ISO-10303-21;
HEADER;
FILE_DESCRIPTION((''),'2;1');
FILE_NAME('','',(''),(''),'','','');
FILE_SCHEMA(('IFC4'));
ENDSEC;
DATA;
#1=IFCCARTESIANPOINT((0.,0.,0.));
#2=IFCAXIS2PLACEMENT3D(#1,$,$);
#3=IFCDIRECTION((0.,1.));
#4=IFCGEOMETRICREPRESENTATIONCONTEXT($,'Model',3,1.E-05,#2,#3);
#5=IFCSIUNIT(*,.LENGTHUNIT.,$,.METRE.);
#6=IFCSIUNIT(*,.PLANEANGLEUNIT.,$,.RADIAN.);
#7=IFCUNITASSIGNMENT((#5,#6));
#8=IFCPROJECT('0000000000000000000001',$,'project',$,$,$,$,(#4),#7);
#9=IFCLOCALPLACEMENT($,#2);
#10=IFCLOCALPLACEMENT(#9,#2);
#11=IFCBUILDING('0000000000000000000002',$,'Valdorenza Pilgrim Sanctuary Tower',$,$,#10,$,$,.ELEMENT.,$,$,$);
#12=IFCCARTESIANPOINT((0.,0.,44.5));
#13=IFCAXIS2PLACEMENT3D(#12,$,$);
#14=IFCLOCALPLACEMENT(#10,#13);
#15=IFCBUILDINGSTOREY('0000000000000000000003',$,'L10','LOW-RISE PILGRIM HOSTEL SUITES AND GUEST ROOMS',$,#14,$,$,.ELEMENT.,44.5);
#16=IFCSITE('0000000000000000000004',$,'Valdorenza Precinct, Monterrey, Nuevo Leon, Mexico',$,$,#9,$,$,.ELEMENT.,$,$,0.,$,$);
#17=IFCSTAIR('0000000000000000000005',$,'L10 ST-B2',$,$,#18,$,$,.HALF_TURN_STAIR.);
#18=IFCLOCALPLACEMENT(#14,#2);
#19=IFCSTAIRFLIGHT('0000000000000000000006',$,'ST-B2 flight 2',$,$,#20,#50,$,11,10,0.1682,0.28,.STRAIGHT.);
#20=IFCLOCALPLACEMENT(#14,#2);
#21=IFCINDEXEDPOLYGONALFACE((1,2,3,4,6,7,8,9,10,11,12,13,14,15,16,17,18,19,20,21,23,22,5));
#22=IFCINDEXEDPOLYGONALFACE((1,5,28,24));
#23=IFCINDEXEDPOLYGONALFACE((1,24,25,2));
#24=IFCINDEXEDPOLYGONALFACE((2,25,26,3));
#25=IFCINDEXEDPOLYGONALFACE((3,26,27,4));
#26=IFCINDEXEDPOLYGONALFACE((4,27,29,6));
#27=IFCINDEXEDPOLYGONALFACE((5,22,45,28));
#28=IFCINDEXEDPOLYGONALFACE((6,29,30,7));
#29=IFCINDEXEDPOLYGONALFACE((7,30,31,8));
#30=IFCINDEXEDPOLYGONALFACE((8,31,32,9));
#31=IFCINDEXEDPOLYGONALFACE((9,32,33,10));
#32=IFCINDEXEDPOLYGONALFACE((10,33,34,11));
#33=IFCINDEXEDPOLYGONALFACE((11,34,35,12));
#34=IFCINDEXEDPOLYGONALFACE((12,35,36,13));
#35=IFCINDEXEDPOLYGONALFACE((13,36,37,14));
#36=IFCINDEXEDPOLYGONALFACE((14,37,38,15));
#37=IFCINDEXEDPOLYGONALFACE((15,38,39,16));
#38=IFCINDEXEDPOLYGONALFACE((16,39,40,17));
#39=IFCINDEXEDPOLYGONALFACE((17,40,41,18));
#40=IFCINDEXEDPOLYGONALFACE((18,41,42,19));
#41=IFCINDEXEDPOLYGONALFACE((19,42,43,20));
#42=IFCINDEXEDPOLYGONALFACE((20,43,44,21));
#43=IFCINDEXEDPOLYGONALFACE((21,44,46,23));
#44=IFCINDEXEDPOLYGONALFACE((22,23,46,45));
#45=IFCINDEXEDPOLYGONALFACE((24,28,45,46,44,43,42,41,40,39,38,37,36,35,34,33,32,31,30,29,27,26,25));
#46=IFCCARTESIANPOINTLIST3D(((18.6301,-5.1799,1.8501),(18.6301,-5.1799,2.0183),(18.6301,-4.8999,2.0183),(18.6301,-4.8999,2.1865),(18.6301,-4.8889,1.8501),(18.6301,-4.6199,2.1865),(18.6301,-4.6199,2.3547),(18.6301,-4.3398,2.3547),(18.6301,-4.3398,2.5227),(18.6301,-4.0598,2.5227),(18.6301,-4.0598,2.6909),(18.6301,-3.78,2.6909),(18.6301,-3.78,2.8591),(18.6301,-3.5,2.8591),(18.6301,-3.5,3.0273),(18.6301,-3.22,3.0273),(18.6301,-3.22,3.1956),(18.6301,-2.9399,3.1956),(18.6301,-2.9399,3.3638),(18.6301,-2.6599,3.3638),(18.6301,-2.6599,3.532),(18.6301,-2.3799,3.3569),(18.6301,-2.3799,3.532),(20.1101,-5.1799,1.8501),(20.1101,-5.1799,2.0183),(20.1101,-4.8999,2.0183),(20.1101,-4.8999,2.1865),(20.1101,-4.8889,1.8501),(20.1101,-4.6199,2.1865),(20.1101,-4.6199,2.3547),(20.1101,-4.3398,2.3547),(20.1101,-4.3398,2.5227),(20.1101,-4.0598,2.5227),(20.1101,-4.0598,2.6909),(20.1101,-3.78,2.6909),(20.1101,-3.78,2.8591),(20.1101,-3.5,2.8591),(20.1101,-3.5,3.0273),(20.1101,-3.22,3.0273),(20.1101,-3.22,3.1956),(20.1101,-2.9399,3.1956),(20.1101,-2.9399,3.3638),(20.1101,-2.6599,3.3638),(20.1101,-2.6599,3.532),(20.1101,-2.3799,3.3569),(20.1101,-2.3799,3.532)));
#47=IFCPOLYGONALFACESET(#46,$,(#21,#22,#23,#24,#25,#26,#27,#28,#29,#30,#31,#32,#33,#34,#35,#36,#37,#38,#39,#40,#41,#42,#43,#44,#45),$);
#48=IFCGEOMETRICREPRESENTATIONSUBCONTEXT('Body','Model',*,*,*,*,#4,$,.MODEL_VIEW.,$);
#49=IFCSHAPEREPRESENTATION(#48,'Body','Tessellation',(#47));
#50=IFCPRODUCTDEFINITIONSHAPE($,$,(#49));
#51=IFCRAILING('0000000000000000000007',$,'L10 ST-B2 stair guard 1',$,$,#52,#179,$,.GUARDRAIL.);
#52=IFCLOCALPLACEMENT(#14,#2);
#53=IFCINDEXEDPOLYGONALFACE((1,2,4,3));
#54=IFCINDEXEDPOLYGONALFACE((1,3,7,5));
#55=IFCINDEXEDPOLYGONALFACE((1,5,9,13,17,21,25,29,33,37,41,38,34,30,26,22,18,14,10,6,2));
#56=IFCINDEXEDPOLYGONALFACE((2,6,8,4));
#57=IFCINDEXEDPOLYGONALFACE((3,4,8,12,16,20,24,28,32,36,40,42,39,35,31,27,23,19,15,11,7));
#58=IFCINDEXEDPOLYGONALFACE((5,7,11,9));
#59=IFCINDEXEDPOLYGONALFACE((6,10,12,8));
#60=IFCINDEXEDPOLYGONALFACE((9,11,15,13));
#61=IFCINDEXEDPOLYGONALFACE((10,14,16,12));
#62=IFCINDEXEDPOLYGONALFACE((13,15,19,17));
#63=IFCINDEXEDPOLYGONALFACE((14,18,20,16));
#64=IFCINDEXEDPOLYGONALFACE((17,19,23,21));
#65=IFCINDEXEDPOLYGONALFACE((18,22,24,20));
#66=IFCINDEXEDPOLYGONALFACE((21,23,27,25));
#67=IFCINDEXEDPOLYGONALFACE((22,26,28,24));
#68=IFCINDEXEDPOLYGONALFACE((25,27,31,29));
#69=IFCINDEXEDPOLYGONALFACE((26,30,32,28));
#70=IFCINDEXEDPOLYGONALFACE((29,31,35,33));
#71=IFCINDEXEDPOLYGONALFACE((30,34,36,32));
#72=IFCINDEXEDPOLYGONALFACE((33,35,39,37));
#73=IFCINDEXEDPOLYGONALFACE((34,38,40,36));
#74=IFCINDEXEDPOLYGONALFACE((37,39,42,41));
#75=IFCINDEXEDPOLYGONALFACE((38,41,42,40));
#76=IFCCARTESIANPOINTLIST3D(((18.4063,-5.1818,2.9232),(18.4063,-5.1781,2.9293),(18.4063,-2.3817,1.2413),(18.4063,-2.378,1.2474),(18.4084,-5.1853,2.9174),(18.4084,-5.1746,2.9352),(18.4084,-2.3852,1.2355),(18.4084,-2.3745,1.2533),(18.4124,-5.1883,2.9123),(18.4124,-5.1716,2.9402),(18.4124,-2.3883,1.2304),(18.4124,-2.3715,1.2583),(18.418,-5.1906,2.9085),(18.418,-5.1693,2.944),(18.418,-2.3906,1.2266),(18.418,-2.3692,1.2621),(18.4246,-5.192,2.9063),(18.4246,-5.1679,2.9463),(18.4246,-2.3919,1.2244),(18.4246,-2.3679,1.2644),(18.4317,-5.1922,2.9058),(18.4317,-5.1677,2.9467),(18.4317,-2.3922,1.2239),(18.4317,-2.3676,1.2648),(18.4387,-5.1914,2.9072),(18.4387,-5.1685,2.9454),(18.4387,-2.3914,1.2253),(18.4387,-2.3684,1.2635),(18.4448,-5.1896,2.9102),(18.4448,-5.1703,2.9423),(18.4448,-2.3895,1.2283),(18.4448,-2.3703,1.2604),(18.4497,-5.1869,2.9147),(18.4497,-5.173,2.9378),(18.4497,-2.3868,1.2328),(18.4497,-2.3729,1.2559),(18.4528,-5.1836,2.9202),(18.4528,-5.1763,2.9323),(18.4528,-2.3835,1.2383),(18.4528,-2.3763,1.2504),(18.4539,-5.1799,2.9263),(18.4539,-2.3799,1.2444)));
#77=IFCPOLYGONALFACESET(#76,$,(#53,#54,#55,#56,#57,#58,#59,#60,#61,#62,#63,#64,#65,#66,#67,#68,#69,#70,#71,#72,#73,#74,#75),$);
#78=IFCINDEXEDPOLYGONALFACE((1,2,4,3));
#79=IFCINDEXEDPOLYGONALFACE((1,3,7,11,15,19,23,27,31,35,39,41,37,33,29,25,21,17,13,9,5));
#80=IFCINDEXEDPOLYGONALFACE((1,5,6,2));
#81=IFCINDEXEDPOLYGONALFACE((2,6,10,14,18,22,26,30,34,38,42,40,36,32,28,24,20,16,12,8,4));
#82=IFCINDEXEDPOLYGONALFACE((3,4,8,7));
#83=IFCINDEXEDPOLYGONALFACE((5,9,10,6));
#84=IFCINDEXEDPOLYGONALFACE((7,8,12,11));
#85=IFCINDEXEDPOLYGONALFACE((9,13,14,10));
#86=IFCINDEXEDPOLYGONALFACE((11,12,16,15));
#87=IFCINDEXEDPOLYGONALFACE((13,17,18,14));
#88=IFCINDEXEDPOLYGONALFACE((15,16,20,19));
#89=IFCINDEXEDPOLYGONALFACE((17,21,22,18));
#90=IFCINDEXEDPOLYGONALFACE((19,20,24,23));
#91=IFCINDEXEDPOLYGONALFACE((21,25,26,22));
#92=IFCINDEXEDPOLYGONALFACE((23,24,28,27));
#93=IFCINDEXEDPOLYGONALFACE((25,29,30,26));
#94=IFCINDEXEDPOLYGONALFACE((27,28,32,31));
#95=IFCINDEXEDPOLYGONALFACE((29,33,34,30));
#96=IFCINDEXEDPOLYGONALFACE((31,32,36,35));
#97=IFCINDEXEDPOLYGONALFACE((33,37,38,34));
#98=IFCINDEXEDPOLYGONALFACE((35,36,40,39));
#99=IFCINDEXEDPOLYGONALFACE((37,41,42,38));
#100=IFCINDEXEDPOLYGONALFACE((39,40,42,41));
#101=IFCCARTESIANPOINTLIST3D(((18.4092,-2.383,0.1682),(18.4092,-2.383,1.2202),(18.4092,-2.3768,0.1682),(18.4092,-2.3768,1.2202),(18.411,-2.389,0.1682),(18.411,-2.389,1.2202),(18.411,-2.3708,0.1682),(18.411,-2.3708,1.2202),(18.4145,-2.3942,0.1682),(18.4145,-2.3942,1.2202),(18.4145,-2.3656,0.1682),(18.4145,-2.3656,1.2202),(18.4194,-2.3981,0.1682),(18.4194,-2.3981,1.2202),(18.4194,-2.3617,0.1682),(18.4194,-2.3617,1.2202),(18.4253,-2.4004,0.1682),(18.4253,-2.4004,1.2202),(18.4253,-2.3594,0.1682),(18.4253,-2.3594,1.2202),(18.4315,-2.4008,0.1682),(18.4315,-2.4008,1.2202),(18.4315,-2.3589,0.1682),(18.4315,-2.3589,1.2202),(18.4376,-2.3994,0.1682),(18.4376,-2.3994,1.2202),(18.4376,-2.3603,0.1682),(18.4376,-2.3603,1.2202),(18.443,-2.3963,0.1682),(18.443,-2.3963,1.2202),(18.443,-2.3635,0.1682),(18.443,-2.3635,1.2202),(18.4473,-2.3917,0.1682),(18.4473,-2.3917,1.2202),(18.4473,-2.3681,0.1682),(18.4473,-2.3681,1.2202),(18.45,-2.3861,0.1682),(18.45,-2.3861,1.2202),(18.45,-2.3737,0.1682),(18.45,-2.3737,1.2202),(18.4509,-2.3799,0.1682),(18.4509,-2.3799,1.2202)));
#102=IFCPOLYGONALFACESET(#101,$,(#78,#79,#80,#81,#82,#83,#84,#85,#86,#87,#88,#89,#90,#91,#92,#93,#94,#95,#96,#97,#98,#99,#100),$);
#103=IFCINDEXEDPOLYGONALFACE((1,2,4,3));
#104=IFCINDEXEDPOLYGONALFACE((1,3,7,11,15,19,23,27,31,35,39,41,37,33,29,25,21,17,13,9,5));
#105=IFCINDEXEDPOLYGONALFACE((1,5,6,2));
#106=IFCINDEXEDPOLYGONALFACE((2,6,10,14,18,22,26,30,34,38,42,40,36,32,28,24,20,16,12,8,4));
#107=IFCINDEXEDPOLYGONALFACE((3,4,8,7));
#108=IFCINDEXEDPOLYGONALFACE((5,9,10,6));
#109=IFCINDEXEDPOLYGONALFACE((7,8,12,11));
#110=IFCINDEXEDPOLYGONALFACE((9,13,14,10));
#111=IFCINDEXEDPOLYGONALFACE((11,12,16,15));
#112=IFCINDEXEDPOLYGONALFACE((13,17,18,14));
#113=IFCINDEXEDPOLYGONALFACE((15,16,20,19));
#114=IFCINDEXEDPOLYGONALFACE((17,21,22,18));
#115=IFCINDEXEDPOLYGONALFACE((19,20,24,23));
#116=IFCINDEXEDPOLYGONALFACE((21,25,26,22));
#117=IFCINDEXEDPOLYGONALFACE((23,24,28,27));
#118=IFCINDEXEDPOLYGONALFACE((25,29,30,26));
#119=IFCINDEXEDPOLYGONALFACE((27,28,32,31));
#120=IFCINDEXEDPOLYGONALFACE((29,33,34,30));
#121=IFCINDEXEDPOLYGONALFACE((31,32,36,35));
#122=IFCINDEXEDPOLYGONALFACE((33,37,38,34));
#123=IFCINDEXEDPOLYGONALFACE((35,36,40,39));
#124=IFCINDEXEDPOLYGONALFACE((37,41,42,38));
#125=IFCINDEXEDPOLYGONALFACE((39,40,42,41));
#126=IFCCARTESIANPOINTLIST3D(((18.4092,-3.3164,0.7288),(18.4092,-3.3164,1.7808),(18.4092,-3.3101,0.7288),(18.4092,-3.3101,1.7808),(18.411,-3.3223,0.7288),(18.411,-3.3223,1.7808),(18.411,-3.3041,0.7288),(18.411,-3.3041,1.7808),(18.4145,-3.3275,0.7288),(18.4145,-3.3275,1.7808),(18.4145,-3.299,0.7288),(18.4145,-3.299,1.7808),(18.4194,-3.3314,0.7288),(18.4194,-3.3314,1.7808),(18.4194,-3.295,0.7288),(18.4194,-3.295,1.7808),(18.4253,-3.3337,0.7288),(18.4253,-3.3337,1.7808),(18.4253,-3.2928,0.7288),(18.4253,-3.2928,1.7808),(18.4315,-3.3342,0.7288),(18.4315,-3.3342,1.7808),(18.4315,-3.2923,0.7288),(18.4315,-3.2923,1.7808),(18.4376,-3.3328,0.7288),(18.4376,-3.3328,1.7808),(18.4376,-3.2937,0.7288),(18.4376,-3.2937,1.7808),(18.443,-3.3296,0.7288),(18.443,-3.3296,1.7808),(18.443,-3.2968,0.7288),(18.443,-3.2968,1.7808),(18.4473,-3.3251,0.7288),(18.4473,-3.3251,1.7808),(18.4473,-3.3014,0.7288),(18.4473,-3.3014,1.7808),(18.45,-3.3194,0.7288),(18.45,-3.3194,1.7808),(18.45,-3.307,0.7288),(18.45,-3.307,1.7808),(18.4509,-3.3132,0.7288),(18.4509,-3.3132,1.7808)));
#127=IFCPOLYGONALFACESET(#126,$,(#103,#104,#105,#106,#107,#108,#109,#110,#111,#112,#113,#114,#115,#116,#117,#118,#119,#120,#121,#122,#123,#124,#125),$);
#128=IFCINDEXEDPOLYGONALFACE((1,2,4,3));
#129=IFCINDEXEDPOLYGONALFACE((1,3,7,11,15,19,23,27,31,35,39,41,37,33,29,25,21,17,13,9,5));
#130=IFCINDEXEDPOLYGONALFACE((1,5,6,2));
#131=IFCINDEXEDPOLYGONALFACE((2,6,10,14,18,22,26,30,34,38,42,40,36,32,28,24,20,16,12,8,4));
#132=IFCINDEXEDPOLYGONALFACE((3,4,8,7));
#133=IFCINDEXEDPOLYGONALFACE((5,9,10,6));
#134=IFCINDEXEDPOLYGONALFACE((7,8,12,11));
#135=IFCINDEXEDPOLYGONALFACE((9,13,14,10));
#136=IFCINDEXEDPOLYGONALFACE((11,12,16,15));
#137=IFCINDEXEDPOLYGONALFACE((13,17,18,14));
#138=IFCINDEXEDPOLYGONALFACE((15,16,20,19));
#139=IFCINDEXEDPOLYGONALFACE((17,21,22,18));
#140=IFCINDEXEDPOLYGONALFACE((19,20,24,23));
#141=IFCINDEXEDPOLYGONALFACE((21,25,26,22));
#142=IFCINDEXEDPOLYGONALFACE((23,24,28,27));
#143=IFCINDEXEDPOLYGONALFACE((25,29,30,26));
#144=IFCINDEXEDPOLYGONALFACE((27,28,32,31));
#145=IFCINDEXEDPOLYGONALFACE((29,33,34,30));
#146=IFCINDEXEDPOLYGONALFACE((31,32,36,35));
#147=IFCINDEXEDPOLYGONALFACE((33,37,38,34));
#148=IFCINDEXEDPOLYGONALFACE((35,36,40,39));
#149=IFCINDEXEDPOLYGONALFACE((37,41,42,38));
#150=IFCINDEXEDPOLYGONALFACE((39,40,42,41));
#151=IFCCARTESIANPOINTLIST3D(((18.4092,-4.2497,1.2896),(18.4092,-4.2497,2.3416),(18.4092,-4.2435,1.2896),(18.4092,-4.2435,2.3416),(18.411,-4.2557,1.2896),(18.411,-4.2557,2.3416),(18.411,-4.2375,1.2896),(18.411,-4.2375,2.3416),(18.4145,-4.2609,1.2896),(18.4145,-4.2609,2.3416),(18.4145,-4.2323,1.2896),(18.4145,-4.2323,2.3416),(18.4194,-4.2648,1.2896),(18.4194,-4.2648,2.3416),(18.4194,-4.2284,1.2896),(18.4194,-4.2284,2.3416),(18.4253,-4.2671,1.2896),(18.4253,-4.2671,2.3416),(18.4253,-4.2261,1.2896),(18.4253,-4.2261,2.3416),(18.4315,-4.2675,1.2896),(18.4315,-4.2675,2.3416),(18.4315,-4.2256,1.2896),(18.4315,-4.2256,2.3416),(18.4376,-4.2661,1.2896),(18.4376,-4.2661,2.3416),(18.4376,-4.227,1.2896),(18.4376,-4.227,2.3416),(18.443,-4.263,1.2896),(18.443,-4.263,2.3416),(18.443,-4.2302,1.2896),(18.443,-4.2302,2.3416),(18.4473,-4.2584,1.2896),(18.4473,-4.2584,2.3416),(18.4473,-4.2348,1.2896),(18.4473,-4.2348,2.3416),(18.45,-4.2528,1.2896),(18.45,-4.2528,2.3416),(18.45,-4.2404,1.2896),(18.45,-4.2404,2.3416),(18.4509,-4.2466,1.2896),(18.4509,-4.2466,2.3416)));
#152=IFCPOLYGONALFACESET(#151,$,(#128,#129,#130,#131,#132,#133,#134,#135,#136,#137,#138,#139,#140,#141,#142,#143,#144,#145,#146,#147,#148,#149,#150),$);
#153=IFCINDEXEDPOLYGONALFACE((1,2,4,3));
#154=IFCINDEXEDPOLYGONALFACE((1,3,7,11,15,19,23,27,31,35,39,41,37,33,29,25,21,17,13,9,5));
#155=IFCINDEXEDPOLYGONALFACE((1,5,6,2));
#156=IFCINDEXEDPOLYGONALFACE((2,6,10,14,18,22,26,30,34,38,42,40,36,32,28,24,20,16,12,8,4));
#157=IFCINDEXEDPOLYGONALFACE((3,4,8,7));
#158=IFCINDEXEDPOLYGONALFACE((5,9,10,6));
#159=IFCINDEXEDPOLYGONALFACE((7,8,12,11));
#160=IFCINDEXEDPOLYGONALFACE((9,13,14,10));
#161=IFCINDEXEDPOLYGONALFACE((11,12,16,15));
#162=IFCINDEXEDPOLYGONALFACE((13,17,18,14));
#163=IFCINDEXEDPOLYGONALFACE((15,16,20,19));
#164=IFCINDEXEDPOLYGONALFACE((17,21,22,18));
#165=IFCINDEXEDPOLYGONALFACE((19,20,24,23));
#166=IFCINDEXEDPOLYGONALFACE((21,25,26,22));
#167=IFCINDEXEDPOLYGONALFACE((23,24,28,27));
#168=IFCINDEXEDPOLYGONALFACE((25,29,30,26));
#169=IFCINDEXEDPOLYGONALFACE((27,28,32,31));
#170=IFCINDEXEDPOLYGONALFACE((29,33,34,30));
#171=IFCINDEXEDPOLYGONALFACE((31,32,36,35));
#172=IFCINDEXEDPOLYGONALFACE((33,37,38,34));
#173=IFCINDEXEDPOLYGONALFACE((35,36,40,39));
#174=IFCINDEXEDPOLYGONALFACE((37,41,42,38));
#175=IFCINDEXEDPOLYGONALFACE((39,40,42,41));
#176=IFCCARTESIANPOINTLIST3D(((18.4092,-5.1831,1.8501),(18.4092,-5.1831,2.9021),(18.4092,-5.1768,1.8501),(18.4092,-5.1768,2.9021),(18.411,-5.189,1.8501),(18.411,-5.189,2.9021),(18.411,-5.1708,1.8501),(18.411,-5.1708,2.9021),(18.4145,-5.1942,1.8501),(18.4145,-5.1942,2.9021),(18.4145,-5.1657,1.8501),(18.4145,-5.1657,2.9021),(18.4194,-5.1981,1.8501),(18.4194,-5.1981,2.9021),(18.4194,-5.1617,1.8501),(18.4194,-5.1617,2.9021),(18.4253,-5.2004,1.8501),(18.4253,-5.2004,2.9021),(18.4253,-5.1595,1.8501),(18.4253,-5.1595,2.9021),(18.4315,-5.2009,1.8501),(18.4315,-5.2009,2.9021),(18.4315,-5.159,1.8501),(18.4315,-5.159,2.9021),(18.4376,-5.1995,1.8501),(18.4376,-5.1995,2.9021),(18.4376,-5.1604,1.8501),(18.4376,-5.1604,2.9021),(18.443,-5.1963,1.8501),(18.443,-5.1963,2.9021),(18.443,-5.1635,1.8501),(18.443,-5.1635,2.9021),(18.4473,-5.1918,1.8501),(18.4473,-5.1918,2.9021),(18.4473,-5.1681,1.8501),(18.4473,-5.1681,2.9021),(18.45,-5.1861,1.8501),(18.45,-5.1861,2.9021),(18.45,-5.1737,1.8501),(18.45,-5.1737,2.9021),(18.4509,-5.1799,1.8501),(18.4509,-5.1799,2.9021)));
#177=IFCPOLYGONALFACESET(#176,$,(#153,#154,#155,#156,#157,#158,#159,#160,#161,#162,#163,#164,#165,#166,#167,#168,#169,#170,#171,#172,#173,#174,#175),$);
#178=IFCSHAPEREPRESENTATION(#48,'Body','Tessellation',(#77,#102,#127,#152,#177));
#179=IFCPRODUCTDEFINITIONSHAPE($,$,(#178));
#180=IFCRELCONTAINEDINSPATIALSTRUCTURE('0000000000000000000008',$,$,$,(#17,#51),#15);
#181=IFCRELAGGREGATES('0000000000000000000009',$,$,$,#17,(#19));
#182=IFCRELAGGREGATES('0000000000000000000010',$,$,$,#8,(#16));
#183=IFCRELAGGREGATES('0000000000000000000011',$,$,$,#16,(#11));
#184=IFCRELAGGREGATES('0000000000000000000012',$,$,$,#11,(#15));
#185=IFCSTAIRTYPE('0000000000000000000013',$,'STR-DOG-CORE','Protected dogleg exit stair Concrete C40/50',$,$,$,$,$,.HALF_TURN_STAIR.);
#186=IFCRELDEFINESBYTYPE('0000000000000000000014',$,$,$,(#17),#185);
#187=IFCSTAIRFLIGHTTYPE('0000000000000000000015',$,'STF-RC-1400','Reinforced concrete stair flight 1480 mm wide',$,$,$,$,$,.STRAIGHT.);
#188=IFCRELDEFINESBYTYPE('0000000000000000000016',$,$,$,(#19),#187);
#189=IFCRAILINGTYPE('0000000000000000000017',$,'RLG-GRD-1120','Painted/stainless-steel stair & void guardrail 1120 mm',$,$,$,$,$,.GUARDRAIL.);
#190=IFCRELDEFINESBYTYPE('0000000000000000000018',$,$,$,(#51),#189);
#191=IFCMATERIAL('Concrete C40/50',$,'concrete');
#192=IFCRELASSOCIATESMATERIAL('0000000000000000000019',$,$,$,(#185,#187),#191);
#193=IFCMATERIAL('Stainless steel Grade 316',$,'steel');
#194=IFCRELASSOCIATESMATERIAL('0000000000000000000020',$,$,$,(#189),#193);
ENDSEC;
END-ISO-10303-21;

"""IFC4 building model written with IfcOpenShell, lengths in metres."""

from ifc_helpers import new_model, si_unit, direction, frame, origin, origin_2d, place, context, subcontext, project, spatial, polyline, circle, outline, extrude, material, type_object, element, aggregate, save


model = new_model("IFC4")

# Units and contexts
model_context = context("Model", 3, precision=1e-05, world=origin(), true_north=direction((0.0, 1.0)))
body_context = subcontext(model_context, "Body", "Model", "MODEL_VIEW")
ifc_project = project(units=[si_unit("LENGTHUNIT", "METRE"), si_unit("PLANEANGLEUNIT", "RADIAN")], contexts=[model_context])

# Site, building, storey
site_placement = place(None, origin())
site = spatial("IfcSite", under=ifc_project, at=site_placement, Name="Valdorenza Precinct, Monterrey, Nuevo Leon, Mexico", CompositionType="ELEMENT", RefElevation=0.0)
building_placement = place(site_placement, origin())
building = spatial("IfcBuilding", under=site, at=building_placement, Name="Valdorenza Pilgrim Sanctuary Tower", CompositionType="ELEMENT")
storey_placement = place(building_placement, frame((0.0, 0.0, 44.5)))
storey = spatial("IfcBuildingStorey", under=building, at=storey_placement, Name="L10", Description="LOW-RISE PILGRIM HOSTEL SUITES AND GUEST ROOMS", CompositionType="ELEMENT", Elevation=44.5)

# Shared definitions
ifc_material_1 = material(Name="Concrete C40/50", Category="concrete")

# Stair, stair flight
stair_type = type_object("IfcStairType", Name="STR-DOG-CORE", Description="Protected dogleg exit stair Concrete C40/50", PredefinedType="HALF_TURN_STAIR", material=ifc_material_1)
stair_placement = place(storey_placement, origin())
stair = element("IfcStair", 1, at=stair_placement, inside=storey, type_object=stair_type, Name="L10 ST-B2", PredefinedType="HALF_TURN_STAIR")
stair_flight_type = type_object("IfcStairFlightType", Name="STF-RC-1400", Description="Reinforced concrete stair flight 1480 mm wide", PredefinedType="STRAIGHT", material=ifc_material_1)
stair_flight_1_placement = place(storey_placement, frame((19.3701, -5.1799, 1.8501), z_axis=(0.0, 0.0, 1.0), x_axis=(0.0, 1.0, 0.0)))
stair_flight_1 = element("IfcStairFlight", 2, at=stair_flight_1_placement, type_object=stair_flight_type, Name="ST-B2 flight 2", NumberOfRisers=11, NumberOfTreads=10, PredefinedType="STRAIGHT", RiserHeight=0.1682, TreadLength=0.28, context=body_context, shape_type="SweptSolid", body=[
    extrude(outline(polyline([(0.0, 0.0), (0.0, 0.1682), (0.28, 0.1682), (0.28, 0.3364), (0.5601, 0.3364), (0.5601, 0.5046), (0.8401, 0.5046), (0.8401, 0.6726), (1.1201, 0.6726), (1.1201, 0.8408), (1.3999, 0.8408), (1.3999, 1.009), (1.6799, 1.009), (1.6799, 1.1772), (1.96, 1.1772), (1.96, 1.3455), (2.24, 1.3455), (2.24, 1.5137), (2.52, 1.5137), (2.52, 1.6819), (2.8, 1.6819), (2.8, 1.8501), (2.8, 1.5068), (0.291, 0.0), (0.0, 0.0)])), frame((0.0, 0.74, 0.0), z_axis=(0.0, -1.0, 0.0), x_axis=(1.0, 0.0, 0.0)), (0.0, 0.0, 1.0), 1.48),
])
aggregate(stair, [stair_flight_1])

# Railing
ifc_material_2 = material(Name="Stainless steel Grade 316", Category="steel")
railing_type_1 = type_object("IfcRailingType", Name="RLG-GRD-1120", Description="Painted/stainless-steel stair & void guardrail 1120 mm", PredefinedType="GUARDRAIL", material=ifc_material_2)
railing_1_placement = place(storey_placement, frame((18.4299, -2.3799, 0.1682)))
element("IfcRailing", 3, at=railing_1_placement, inside=storey, type_object=railing_type_1, Name="L10 ST-B2 stair guard 1", PredefinedType="GUARDRAIL", context=body_context, shape_type="SweptSolid", body=[
    extrude(circle(Radius=0.0239, at=origin_2d()), frame((0.0, 0.0, 1.0762), z_axis=(0.0, -0.857242, 0.514913), x_axis=(1.0, 0.0, 0.0)), (0.0, 0.0, 1.0), 3.2664),
    extrude(circle(Radius=0.021, at=origin_2d()), origin(), (0.0, 0.0, 1.0), 1.052),
    extrude(circle(Radius=0.021, at=origin_2d()), frame((0.0, -0.9333, 0.5605)), (0.0, 0.0, 1.0), 1.052),
    extrude(circle(Radius=0.021, at=origin_2d()), frame((0.0, -1.8667, 1.1213)), (0.0, 0.0, 1.0), 1.052),
    extrude(circle(Radius=0.021, at=origin_2d()), frame((0.0, -2.8, 1.6819)), (0.0, 0.0, 1.0), 1.052),
])

save(model, "model.ifc")
